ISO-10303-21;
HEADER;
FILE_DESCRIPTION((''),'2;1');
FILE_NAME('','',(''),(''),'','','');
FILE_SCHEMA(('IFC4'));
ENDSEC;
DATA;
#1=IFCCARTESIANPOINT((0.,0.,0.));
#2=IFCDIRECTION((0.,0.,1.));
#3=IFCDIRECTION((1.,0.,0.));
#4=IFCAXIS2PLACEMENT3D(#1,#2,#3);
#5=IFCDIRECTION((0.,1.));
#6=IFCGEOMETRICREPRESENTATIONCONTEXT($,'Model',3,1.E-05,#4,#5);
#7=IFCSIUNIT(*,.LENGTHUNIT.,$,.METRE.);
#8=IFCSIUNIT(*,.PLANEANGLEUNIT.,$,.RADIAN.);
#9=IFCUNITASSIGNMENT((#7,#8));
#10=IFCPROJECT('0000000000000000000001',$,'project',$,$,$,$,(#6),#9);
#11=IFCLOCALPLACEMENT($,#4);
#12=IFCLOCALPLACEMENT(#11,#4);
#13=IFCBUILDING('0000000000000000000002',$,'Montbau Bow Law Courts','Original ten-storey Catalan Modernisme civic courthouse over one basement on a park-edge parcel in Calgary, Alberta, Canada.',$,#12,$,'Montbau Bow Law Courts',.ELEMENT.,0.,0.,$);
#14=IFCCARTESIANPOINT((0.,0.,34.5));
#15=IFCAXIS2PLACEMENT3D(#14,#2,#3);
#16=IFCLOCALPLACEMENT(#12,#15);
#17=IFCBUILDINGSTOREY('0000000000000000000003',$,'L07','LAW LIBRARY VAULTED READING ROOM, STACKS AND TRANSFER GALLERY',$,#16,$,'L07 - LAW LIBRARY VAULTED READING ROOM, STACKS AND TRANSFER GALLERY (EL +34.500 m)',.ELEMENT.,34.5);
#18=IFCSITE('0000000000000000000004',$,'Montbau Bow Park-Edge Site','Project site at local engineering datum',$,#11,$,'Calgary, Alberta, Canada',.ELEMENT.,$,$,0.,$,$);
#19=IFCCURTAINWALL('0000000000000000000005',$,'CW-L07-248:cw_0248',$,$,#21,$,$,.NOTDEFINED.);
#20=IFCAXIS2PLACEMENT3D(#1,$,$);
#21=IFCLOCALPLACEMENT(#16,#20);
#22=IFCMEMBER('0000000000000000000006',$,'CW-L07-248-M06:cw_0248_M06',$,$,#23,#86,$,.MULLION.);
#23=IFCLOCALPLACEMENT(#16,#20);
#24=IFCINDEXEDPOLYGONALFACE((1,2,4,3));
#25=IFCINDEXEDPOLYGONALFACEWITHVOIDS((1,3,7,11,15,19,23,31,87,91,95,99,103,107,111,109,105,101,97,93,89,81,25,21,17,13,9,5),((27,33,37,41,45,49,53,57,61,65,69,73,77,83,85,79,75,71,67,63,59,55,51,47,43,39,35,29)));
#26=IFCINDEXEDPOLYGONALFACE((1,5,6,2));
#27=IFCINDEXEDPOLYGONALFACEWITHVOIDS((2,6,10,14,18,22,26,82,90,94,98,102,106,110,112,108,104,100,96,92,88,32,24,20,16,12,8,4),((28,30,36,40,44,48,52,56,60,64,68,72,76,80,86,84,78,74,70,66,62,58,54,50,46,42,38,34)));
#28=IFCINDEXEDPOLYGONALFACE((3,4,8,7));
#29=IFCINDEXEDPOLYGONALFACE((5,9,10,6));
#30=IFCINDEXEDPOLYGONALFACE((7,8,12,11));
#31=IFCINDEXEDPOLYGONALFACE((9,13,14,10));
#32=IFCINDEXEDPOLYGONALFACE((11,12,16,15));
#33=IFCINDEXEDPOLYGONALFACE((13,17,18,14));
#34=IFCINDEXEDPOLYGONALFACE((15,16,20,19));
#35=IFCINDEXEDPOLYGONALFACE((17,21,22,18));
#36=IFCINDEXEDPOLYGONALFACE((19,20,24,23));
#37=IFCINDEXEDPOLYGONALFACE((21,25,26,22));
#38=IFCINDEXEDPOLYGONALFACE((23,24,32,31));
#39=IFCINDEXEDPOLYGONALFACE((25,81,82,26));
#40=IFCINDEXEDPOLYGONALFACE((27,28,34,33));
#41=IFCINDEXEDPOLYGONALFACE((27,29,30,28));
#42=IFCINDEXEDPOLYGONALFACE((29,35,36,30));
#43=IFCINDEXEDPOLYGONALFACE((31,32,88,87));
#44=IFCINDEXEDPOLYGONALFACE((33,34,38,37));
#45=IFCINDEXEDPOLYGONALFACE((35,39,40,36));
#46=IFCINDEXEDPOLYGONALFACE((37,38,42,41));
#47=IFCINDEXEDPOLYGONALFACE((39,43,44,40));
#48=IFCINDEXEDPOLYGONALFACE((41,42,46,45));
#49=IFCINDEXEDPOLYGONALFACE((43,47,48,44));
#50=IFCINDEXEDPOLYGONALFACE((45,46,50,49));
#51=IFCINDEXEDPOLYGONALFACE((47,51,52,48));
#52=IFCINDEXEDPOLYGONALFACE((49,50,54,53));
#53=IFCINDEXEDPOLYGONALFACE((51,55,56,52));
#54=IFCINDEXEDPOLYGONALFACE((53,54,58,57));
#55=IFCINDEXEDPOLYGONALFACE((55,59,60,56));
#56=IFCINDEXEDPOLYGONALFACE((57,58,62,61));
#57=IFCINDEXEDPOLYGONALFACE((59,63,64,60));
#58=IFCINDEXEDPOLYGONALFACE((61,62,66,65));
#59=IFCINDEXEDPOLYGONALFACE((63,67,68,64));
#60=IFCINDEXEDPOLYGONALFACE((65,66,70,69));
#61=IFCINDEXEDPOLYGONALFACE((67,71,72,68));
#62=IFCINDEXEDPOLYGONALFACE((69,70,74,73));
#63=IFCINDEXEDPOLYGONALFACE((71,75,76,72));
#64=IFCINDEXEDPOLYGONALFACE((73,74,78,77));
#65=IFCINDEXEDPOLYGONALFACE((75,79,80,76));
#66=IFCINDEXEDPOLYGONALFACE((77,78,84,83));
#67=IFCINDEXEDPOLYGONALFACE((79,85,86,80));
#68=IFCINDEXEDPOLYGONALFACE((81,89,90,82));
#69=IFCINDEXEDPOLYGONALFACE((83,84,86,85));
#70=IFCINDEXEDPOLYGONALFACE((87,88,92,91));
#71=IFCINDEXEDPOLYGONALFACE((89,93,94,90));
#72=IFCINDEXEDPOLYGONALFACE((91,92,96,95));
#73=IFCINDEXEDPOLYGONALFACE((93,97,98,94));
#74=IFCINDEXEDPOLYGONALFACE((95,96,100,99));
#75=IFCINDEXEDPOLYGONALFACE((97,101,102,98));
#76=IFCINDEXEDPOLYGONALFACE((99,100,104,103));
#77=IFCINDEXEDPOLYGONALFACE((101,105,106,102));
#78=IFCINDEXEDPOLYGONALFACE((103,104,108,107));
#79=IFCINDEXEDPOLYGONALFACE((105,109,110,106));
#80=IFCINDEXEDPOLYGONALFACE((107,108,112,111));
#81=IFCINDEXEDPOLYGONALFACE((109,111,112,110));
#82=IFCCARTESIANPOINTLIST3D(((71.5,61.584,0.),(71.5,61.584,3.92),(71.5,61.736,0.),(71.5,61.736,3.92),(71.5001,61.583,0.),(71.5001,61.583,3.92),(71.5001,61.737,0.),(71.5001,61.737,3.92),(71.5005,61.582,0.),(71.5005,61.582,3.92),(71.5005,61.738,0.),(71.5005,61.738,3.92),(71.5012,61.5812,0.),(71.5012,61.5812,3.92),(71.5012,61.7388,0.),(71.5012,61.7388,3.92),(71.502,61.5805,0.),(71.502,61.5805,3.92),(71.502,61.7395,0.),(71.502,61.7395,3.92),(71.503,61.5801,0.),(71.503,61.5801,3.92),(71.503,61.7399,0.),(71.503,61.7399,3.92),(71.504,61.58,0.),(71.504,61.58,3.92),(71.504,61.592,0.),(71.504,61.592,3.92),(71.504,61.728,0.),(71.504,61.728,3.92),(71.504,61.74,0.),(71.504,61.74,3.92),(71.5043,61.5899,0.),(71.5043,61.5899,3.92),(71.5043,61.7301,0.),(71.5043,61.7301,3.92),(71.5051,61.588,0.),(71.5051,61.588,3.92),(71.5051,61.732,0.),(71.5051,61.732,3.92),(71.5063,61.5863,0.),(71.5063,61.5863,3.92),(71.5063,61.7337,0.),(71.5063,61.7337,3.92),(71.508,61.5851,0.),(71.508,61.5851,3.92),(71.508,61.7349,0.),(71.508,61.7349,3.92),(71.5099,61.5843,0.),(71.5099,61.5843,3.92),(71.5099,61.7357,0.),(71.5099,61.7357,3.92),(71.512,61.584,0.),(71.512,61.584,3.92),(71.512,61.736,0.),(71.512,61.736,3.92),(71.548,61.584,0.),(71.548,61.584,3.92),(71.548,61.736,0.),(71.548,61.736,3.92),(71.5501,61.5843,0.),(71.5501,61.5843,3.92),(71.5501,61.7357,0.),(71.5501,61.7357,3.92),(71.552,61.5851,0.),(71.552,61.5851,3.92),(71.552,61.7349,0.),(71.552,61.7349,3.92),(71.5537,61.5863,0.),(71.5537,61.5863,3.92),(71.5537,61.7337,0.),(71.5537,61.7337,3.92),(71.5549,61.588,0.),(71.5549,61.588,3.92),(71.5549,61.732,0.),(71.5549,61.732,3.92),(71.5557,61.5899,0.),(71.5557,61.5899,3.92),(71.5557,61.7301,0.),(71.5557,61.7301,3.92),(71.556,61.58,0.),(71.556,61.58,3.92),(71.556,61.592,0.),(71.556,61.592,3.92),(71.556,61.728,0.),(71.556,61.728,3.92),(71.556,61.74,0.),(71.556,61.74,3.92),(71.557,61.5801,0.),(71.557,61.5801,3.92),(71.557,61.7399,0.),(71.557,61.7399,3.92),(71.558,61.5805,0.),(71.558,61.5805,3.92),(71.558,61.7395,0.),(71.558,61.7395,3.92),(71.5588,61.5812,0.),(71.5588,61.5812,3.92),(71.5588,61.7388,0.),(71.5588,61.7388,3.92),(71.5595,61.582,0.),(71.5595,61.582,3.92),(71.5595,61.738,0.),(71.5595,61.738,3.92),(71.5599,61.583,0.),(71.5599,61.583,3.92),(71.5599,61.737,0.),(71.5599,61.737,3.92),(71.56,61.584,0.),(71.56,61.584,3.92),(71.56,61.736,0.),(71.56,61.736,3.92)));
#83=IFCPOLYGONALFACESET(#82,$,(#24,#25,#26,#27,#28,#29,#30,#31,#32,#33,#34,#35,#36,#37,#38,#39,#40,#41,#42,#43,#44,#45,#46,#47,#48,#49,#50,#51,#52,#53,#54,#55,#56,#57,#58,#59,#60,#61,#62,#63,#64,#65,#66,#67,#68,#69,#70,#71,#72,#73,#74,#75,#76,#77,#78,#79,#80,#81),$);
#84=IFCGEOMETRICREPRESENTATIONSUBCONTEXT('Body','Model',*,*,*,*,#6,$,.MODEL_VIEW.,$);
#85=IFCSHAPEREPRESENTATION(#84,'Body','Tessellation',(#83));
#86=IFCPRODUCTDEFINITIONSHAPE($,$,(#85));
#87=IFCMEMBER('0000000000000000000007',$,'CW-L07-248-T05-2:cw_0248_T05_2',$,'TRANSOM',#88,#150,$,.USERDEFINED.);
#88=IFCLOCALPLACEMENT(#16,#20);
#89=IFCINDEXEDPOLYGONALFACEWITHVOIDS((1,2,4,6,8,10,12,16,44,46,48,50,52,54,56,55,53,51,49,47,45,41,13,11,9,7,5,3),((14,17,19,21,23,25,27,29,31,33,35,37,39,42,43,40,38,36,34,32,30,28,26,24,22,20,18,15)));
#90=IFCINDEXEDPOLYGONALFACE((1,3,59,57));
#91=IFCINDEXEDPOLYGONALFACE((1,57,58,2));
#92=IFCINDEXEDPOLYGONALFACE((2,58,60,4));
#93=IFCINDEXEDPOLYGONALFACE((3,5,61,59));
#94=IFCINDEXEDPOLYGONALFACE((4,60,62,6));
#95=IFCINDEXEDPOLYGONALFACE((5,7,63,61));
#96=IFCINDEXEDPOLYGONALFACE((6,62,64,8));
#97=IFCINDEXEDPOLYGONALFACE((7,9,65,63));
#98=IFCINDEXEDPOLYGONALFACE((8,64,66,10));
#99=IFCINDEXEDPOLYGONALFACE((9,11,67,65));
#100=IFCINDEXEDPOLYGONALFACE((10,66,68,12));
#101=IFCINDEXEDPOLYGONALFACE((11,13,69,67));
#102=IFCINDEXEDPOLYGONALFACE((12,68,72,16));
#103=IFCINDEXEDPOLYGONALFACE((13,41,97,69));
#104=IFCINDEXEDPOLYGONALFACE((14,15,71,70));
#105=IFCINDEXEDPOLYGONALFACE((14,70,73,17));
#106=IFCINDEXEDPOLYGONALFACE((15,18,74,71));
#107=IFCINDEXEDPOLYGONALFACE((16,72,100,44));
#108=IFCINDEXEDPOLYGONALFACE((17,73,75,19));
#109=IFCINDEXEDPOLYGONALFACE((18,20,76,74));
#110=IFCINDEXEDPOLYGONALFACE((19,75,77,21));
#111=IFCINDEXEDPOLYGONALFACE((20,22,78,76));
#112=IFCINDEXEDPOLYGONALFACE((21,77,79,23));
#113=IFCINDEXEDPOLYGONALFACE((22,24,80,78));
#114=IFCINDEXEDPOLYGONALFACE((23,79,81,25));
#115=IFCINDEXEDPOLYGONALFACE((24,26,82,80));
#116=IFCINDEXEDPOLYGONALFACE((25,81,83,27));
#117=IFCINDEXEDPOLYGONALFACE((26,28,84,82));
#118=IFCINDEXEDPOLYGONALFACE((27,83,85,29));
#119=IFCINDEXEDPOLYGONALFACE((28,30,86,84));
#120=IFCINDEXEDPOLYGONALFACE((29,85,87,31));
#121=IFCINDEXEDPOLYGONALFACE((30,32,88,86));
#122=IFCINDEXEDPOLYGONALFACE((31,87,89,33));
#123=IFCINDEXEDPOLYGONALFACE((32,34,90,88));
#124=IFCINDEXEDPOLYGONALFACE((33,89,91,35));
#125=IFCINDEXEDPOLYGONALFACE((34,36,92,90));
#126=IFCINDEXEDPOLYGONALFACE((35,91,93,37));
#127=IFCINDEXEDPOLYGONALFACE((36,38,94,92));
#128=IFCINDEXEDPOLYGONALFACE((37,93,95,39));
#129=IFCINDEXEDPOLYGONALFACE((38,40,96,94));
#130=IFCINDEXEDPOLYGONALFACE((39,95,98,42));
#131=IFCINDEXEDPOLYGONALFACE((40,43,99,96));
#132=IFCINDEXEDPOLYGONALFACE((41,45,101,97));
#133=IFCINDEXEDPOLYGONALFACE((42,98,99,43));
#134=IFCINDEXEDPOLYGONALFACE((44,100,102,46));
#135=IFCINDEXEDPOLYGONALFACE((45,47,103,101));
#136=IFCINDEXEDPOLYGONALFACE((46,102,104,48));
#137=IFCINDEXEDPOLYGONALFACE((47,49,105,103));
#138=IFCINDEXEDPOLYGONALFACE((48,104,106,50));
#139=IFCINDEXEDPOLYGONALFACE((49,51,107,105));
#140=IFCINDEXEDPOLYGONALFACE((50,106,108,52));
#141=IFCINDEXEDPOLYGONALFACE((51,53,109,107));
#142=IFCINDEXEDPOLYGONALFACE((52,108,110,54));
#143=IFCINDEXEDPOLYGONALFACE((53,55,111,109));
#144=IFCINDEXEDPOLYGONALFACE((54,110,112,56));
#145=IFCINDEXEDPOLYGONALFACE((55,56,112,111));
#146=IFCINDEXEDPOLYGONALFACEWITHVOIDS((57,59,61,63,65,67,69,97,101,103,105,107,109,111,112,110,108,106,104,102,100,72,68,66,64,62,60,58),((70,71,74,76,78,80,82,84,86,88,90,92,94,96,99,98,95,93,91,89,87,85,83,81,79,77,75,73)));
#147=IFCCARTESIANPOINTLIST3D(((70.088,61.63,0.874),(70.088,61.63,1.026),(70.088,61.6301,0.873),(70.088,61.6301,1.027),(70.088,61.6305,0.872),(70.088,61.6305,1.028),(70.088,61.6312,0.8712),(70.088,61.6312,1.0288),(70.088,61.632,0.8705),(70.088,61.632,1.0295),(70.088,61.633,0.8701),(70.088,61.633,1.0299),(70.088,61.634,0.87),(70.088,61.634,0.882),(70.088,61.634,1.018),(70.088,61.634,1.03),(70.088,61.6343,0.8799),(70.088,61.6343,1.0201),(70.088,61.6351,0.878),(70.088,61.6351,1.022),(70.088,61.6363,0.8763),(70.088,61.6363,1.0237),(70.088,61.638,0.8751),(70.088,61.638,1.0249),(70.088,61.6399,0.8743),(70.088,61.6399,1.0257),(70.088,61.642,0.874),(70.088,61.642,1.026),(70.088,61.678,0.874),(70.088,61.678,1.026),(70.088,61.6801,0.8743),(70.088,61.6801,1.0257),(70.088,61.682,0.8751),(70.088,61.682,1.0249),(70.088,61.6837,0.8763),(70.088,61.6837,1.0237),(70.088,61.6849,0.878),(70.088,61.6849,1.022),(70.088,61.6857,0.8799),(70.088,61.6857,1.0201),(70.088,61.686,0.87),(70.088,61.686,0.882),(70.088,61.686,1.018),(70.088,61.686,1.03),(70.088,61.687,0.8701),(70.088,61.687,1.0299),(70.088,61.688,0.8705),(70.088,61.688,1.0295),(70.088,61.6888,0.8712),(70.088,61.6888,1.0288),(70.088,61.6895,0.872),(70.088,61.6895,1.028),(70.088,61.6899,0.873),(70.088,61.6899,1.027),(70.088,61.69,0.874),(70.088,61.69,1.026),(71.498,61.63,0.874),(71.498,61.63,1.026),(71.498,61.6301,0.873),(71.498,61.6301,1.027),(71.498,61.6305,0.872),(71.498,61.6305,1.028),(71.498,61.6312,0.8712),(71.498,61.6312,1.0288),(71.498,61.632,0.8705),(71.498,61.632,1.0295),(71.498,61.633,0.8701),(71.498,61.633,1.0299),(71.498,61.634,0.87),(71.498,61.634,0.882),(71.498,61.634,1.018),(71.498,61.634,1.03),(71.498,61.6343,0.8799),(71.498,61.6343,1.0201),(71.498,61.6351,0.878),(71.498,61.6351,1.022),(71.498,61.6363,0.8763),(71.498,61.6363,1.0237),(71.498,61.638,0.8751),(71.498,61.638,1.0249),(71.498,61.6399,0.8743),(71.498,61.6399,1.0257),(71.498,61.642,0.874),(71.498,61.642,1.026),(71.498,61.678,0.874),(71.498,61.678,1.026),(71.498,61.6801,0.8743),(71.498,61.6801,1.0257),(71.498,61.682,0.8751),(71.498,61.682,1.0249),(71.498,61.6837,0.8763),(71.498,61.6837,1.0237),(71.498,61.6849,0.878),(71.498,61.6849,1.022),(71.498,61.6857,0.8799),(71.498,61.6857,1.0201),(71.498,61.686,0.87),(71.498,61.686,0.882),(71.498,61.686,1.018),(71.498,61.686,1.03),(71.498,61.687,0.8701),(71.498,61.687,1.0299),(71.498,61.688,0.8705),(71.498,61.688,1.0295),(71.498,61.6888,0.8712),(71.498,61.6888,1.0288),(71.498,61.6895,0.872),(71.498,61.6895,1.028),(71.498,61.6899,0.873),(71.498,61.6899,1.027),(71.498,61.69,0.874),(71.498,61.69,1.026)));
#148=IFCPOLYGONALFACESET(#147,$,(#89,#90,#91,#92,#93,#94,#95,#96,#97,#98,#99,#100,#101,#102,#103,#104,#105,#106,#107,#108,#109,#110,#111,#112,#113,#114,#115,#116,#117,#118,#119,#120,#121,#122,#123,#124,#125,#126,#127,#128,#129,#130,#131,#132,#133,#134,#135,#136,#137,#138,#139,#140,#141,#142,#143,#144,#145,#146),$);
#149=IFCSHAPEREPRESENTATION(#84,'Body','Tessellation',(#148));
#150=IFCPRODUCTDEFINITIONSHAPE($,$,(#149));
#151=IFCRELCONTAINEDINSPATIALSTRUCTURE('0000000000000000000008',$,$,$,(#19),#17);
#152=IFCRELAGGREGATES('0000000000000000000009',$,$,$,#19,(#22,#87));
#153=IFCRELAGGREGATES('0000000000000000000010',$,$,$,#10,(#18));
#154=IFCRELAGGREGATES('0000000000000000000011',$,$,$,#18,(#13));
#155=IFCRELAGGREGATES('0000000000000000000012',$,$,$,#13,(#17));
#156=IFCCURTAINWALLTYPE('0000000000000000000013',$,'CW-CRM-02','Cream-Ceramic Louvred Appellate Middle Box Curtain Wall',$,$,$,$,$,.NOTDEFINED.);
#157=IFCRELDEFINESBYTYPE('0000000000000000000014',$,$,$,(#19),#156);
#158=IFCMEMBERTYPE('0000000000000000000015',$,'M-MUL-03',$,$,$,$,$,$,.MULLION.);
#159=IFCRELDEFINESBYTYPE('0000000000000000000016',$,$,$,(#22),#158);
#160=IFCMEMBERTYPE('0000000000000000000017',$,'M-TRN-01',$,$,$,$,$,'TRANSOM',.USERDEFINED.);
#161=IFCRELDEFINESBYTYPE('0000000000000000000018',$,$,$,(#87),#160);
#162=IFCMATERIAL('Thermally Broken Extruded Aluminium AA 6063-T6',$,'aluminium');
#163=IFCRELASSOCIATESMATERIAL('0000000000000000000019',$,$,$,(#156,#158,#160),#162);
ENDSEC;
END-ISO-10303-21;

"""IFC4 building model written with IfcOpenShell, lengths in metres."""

from ifc_helpers import new_model, si_unit, direction, frame, origin_with_axes, origin_2d_with_axis, place, context, subcontext, project, spatial, hollow_rectangle, extrude, material, material_profile, profile_set, type_object, element, aggregate, save


model = new_model("IFC4")

# Units and contexts
model_context = context("Model", 3, precision=1e-05, world=origin_with_axes(), true_north=direction((0.0, 1.0)))
body_context = subcontext(model_context, "Body", "Model", "MODEL_VIEW")
ifc_project = project(units=[si_unit("LENGTHUNIT", "METRE"), si_unit("PLANEANGLEUNIT", "RADIAN")], contexts=[model_context])

# Site, building, storey
site_placement = place(None, origin_with_axes())
site = spatial("IfcSite", under=ifc_project, at=site_placement, Name="Montbau Bow Park-Edge Site", Description="Project site at local engineering datum", LongName="Calgary, Alberta, Canada", CompositionType="ELEMENT", RefElevation=0.0)
building_placement = place(site_placement, origin_with_axes())
building = spatial("IfcBuilding", under=site, at=building_placement, Name="Montbau Bow Law Courts", Description="Original ten-storey Catalan Modernisme civic courthouse over one basement on a park-edge parcel in Calgary, Alberta, Canada.", LongName="Montbau Bow Law Courts", CompositionType="ELEMENT", ElevationOfRefHeight=0.0, ElevationOfTerrain=0.0)
storey_placement = place(building_placement, frame((0.0, 0.0, 34.5), z_axis=(0.0, 0.0, 1.0), x_axis=(1.0, 0.0, 0.0)))
storey = spatial("IfcBuildingStorey", under=building, at=storey_placement, Name="L07", Description="LAW LIBRARY VAULTED READING ROOM, STACKS AND TRANSFER GALLERY", LongName="L07 - LAW LIBRARY VAULTED READING ROOM, STACKS AND TRANSFER GALLERY (EL +34.500 m)", CompositionType="ELEMENT", Elevation=34.5)

# Curtain wall, members
ifc_material_1 = material(Name="Thermally Broken Extruded Aluminium AA 6063-T6", Category="aluminium")
curtain_wall_type = type_object("IfcCurtainWallType", Name="CW-CRM-02", Description="Cream-Ceramic Louvred Appellate Middle Box Curtain Wall", PredefinedType="NOTDEFINED", material=ifc_material_1)
curtain_wall_1_placement = place(None, frame((64.04, 61.66, 34.5), z_axis=(0.0, 0.0, 1.0), x_axis=(1.0, 0.0, 0.0)))
curtain_wall_1 = element("IfcCurtainWall", 1, at=curtain_wall_1_placement, inside=storey, type_object=curtain_wall_type, Name="CW-L07-248:cw_0248", PredefinedType="NOTDEFINED")
ifc_material_profile_1 = material_profile(ifc_material_1, hollow_rectangle(XDim=0.06, YDim=0.16, WallThickness=0.004, InnerFilletRadius=0.008, OuterFilletRadius=0.004, at=origin_2d_with_axis()), Name="CWM-160X60", Category="Main", Priority=0)
ifc_profile_set_1 = profile_set([ifc_material_profile_1], Name="Thermally Broken Extruded Aluminium AA 6063-T6")
member_type_1 = type_object("IfcMemberType", Name="M-MUL-03", PredefinedType="MULLION", material=ifc_profile_set_1)
member_1_placement = place(None, frame((71.53, 61.66, 34.5), z_axis=(0.0, 0.0, 1.0), x_axis=(1.0, 0.0, 0.0)))
member_1 = element("IfcMember", 2, at=member_1_placement, type_object=member_type_1, Name="CW-L07-248-M06:cw_0248_M06", PredefinedType="MULLION", context=body_context, shape_type="SweptSolid", body=[
    extrude(hollow_rectangle(XDim=0.06, YDim=0.16, WallThickness=0.004, InnerFilletRadius=0.008, OuterFilletRadius=0.004, at=origin_2d_with_axis()), origin_with_axes(), (0.0, 0.0, 1.0), 3.92),
])
ifc_material_profile_2 = material_profile(ifc_material_1, hollow_rectangle(XDim=0.06, YDim=0.16, WallThickness=0.004, InnerFilletRadius=0.008, OuterFilletRadius=0.004, at=origin_2d_with_axis()), Name="CWT-160X60", Category="Main", Priority=0)
ifc_profile_set_2 = profile_set([ifc_material_profile_2], Name="Thermally Broken Extruded Aluminium AA 6063-T6")
member_type_2 = type_object("IfcMemberType", Name="M-TRN-01", ElementType="TRANSOM", PredefinedType="USERDEFINED", material=ifc_profile_set_2)
member_2_placement = place(None, frame((70.088, 61.66, 35.45), z_axis=(1.0, 0.0, 0.0), x_axis=(0.0, 1.0, 0.0)))
member_2 = element("IfcMember", 3, at=member_2_placement, type_object=member_type_2, Name="CW-L07-248-T05-2:cw_0248_T05_2", ObjectType="TRANSOM", PredefinedType="USERDEFINED", context=body_context, shape_type="SweptSolid", body=[
    extrude(hollow_rectangle(XDim=0.06, YDim=0.16, WallThickness=0.004, InnerFilletRadius=0.008, OuterFilletRadius=0.004, at=origin_2d_with_axis()), origin_with_axes(), (0.0, 0.0, 1.0), 1.41),
])
aggregate(curtain_wall_1, [member_1, member_2])

save(model, "model.ifc")
